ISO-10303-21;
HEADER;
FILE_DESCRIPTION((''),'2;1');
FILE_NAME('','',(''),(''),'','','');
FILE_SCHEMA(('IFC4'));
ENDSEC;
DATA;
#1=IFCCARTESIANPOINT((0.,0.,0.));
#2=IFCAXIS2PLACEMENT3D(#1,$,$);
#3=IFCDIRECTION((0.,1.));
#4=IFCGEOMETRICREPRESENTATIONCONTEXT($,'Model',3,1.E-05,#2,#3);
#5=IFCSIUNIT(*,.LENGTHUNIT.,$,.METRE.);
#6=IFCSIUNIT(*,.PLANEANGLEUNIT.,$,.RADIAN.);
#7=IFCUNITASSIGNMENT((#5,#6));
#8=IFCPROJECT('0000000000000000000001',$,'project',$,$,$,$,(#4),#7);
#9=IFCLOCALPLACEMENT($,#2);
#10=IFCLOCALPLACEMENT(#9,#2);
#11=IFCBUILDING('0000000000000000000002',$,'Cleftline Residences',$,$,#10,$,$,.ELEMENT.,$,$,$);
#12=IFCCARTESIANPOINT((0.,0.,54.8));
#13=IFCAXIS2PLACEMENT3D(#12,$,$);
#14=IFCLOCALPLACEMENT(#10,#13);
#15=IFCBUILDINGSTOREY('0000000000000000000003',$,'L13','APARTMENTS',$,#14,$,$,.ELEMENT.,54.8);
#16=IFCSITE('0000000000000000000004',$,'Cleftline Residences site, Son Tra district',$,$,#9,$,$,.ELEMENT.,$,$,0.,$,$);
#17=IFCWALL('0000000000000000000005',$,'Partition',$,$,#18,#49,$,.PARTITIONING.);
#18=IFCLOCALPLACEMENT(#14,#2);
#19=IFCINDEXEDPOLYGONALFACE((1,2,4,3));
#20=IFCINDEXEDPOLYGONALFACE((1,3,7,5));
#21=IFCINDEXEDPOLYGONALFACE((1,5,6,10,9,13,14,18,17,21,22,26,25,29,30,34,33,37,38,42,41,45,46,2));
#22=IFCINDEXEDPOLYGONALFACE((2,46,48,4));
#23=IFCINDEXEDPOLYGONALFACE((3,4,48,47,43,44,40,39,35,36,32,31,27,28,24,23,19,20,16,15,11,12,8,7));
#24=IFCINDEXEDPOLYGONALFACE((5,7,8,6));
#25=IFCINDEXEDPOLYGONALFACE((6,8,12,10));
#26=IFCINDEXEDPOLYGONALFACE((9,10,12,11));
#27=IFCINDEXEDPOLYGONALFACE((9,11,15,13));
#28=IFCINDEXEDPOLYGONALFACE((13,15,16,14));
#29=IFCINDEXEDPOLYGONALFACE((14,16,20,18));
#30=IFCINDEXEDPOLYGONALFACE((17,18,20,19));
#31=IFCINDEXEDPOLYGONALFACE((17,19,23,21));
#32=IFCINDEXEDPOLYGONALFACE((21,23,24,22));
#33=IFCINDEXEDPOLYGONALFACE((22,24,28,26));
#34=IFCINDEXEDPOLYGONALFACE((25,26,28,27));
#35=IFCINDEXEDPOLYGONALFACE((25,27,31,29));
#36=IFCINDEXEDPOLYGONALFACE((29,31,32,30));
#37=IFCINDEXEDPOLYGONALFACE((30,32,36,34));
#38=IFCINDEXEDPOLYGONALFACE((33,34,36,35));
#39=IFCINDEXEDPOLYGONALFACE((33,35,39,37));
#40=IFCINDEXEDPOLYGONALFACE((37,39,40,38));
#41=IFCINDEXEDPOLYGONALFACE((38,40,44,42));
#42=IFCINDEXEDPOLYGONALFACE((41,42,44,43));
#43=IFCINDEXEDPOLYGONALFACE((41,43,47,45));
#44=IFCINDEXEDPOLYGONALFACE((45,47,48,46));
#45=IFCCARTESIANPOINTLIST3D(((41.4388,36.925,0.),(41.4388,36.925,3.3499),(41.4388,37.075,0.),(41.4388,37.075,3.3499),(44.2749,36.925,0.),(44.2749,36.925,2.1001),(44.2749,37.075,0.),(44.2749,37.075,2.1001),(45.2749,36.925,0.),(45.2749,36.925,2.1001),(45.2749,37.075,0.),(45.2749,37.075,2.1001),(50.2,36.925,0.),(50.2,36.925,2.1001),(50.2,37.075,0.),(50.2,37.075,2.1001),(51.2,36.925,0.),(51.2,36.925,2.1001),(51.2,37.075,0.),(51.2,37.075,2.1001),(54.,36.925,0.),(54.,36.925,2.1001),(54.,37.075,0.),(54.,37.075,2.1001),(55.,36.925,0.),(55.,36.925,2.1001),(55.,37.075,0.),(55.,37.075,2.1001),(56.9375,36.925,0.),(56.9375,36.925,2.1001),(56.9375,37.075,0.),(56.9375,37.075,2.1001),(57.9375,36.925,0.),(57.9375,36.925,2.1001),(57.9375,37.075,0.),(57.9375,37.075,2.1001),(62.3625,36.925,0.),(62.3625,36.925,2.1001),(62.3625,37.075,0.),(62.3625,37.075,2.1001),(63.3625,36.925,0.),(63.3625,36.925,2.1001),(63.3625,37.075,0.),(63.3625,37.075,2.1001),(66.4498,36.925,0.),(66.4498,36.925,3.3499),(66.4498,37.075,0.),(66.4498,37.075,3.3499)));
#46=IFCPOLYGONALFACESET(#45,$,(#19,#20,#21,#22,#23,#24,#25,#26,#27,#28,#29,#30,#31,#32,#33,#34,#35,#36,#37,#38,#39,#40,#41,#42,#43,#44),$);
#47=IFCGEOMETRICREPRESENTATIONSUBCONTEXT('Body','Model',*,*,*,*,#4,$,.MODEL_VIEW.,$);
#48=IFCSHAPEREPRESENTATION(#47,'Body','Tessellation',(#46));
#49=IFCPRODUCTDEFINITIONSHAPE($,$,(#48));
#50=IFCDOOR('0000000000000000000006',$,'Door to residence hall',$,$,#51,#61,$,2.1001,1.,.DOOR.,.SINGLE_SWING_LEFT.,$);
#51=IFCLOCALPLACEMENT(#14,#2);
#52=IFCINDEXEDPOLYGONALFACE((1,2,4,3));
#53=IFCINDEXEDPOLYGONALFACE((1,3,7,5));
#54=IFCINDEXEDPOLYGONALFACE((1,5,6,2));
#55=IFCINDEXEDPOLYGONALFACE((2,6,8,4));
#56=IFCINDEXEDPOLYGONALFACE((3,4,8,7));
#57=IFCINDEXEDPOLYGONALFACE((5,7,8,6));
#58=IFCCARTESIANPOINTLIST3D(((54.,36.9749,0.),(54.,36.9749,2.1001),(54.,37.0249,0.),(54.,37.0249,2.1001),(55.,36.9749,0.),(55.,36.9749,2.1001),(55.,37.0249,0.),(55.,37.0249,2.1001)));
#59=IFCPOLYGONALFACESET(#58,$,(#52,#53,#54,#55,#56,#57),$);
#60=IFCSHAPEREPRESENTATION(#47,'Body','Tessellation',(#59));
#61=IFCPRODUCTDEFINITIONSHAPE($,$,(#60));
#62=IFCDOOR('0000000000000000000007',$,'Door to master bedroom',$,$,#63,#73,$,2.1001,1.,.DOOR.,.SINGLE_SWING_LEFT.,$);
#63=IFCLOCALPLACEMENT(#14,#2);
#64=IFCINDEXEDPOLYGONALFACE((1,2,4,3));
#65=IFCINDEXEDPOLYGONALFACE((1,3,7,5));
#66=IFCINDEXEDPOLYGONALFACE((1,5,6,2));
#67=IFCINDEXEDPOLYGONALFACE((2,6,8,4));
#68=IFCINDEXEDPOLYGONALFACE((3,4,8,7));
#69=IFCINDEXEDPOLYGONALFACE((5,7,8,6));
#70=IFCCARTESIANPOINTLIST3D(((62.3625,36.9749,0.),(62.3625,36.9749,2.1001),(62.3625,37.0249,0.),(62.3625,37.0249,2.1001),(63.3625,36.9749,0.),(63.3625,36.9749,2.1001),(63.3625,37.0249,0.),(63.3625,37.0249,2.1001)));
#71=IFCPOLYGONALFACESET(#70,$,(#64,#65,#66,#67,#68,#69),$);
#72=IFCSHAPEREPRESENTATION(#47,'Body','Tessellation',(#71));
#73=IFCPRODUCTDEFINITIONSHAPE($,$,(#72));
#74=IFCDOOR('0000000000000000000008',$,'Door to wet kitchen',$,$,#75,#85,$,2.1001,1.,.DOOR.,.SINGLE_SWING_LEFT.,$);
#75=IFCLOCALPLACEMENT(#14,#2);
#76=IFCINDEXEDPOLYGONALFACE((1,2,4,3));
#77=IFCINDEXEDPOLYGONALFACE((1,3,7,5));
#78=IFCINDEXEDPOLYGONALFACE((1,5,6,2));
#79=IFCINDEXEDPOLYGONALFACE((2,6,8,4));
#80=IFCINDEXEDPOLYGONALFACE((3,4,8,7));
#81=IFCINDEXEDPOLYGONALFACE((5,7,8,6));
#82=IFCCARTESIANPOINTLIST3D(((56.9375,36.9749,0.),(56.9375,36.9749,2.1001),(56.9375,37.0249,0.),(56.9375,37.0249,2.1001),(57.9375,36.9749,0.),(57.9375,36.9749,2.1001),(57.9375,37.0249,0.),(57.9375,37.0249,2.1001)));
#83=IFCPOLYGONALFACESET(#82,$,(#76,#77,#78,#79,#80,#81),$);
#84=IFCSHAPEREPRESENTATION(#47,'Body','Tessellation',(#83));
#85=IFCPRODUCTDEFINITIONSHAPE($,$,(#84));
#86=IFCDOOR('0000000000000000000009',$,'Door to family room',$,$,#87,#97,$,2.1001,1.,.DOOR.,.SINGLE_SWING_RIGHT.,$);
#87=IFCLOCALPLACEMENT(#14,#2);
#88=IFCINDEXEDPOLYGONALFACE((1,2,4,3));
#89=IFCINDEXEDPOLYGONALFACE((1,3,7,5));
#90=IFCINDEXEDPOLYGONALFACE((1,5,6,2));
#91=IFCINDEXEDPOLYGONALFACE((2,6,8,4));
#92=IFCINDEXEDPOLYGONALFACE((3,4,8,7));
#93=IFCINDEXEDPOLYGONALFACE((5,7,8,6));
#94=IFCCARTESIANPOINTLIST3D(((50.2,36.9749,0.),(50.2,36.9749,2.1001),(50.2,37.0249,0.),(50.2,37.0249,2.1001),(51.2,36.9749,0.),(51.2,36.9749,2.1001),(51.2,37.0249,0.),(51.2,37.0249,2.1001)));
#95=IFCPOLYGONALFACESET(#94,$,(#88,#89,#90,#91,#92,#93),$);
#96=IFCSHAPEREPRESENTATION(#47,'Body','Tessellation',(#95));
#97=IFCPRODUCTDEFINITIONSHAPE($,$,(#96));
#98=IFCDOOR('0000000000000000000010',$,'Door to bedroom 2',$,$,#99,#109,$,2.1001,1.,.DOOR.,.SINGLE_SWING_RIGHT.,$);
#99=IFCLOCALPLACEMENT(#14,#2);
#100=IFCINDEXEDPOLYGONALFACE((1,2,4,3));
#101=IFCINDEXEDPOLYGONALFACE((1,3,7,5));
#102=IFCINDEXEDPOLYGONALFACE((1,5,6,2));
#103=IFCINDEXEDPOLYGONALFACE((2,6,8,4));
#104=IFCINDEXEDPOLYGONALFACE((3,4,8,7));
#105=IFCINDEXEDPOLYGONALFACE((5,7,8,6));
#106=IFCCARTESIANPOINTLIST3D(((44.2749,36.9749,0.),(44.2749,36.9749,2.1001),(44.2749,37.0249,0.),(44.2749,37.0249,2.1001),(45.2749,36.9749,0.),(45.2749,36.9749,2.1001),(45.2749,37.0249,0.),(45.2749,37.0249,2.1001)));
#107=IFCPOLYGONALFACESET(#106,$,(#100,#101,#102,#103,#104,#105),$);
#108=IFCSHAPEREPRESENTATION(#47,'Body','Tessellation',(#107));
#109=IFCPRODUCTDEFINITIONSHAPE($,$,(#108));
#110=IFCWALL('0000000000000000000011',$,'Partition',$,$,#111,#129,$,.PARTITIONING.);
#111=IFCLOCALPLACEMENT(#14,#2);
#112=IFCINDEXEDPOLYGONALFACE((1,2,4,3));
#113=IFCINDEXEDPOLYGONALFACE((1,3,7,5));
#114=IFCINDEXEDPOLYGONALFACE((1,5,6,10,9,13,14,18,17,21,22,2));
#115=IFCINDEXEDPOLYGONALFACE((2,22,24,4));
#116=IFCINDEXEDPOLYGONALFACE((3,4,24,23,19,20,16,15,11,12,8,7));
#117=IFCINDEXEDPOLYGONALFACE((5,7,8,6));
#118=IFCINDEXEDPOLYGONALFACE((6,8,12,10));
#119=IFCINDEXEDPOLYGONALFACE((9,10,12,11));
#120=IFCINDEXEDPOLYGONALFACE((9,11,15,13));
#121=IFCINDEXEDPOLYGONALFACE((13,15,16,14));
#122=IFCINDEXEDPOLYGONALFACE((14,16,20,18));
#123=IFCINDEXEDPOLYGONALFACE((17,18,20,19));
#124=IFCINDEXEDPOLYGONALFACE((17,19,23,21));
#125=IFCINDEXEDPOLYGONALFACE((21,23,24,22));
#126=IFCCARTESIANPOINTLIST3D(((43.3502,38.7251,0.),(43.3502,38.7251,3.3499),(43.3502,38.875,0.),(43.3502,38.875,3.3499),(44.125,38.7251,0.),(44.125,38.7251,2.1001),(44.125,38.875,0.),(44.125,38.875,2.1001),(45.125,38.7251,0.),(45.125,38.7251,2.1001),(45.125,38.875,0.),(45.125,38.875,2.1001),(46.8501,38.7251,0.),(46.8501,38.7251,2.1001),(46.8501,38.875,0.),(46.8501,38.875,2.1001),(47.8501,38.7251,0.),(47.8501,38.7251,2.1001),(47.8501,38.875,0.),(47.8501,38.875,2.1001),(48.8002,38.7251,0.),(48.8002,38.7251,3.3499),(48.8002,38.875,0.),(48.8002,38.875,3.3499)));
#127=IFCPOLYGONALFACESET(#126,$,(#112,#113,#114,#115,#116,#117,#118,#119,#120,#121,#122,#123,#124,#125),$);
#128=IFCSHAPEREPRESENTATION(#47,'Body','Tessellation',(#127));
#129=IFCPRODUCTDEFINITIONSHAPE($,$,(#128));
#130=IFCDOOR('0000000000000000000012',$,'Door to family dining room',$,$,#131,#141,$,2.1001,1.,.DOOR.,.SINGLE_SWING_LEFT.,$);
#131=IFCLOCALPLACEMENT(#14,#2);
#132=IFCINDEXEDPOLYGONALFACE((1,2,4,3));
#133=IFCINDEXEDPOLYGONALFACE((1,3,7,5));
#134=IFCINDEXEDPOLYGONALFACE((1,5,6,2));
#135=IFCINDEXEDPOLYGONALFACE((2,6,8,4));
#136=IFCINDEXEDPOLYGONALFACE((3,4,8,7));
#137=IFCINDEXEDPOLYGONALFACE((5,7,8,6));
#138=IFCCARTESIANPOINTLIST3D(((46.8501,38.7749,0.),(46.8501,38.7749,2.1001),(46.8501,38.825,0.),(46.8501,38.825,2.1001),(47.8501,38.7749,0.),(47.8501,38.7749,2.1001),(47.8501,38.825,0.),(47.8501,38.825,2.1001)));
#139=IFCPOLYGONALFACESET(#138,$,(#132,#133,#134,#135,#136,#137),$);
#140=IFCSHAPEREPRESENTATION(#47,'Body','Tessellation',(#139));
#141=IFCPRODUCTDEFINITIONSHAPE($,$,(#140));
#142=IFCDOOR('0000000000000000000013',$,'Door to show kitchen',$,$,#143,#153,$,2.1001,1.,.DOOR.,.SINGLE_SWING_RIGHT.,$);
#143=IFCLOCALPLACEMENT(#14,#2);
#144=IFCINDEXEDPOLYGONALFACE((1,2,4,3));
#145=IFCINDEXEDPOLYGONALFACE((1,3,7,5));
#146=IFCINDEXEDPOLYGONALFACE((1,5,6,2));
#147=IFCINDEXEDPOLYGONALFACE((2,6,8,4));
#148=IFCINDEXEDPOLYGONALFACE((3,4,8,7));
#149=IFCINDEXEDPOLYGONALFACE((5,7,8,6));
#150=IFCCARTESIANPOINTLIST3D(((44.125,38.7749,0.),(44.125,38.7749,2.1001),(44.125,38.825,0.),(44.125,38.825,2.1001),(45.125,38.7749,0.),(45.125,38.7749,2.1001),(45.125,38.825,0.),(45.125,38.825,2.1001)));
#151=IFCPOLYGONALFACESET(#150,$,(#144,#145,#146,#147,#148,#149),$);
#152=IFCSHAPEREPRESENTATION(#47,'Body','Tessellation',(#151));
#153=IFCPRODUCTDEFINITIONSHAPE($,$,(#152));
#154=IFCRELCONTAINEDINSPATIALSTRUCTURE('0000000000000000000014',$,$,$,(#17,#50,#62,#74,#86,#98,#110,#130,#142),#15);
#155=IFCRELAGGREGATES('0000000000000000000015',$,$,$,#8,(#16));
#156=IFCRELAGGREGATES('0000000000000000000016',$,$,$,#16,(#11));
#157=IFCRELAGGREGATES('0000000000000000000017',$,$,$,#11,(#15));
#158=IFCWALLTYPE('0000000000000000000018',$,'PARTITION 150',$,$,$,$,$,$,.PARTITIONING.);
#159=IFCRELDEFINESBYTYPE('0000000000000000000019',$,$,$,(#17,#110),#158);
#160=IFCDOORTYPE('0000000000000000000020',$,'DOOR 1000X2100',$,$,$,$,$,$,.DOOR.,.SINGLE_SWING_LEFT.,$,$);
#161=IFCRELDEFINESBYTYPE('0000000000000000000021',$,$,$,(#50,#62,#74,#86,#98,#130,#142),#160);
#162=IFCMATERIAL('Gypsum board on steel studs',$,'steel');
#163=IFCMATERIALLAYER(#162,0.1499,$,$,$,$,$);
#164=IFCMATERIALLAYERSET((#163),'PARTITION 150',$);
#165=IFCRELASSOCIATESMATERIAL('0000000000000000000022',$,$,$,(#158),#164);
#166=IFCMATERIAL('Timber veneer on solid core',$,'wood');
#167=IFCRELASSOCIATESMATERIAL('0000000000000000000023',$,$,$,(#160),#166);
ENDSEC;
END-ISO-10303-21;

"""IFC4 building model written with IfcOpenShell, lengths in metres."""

from ifc_helpers import new_model, si_unit, direction, frame, frame_2d, origin, place, context, subcontext, project, spatial, rectangle, extrude, material, layer, layer_set, type_object, element, fill, save


model = new_model("IFC4")

# Units and contexts
model_context = context("Model", 3, precision=1e-05, world=origin(), true_north=direction((0.0, 1.0)))
body_context = subcontext(model_context, "Body", "Model", "MODEL_VIEW")
ifc_project = project(units=[si_unit("LENGTHUNIT", "METRE"), si_unit("PLANEANGLEUNIT", "RADIAN")], contexts=[model_context])

# Site, building, storey
site_placement = place(None, origin())
site = spatial("IfcSite", under=ifc_project, at=site_placement, Name="Cleftline Residences site, Son Tra district", CompositionType="ELEMENT", RefElevation=0.0)
building_placement = place(site_placement, origin())
building = spatial("IfcBuilding", under=site, at=building_placement, Name="Cleftline Residences", CompositionType="ELEMENT")
storey_placement = place(building_placement, frame((0.0, 0.0, 54.8)))
storey = spatial("IfcBuildingStorey", under=building, at=storey_placement, Name="L13", Description="APARTMENTS", CompositionType="ELEMENT", Elevation=54.8)

# Shared definitions
ifc_material_1 = material(Name="Gypsum board on steel studs", Category="steel")
ifc_layer_1 = layer(ifc_material_1, 0.1499)
ifc_layer_set_1 = layer_set([ifc_layer_1], Name="PARTITION 150")
wall_type = type_object("IfcWallType", Name="PARTITION 150", PredefinedType="PARTITIONING", material=ifc_layer_set_1)

# Walls, openings, doors
wall_1_placement = place(storey_placement, frame((41.439, 37.0, 0.0), z_axis=(0.0, 0.0, 1.0), x_axis=(1.0, 0.0, 0.0)))
wall_1 = element("IfcWall", 1, at=wall_1_placement, inside=storey, type_object=wall_type, Name="Partition", PredefinedType="PARTITIONING", context=body_context, shape_type="SweptSolid", body=[
    extrude(rectangle(XDim=25.011, YDim=0.1499, at=frame_2d((12.5054, 0.0))), origin(), (0.0, 0.0, 1.0), 3.3499),
])
opening_1_placement = place(wall_1_placement, frame((12.561, 0.0, 0.0)))
opening_1 = element("IfcOpeningElement", 2, at=opening_1_placement, cuts=wall_1, PredefinedType="OPENING", context=body_context, shape_type="SweptSolid", body=[
    extrude(rectangle(XDim=1.0, YDim=2.1001, at=frame_2d((0.5, 1.05))), frame((0.0, 0.085, 0.0), z_axis=(0.0, -1.0, 0.0), x_axis=(1.0, 0.0, 0.0)), (0.0, 0.0, 1.0), 0.1699),
])
opening_2_placement = place(wall_1_placement, frame((20.9236, 0.0, 0.0)))
opening_2 = element("IfcOpeningElement", 3, at=opening_2_placement, cuts=wall_1, PredefinedType="OPENING", context=body_context, shape_type="SweptSolid", body=[
    extrude(rectangle(XDim=1.0, YDim=2.1001, at=frame_2d((0.5, 1.05))), frame((0.0, 0.085, 0.0), z_axis=(0.0, -1.0, 0.0), x_axis=(1.0, 0.0, 0.0)), (0.0, 0.0, 1.0), 0.1699),
])
opening_3_placement = place(wall_1_placement, frame((15.4985, 0.0, 0.0)))
opening_3 = element("IfcOpeningElement", 4, at=opening_3_placement, cuts=wall_1, PredefinedType="OPENING", context=body_context, shape_type="SweptSolid", body=[
    extrude(rectangle(XDim=1.0, YDim=2.1001, at=frame_2d((0.5, 1.05))), frame((0.0, 0.085, 0.0), z_axis=(0.0, -1.0, 0.0), x_axis=(1.0, 0.0, 0.0)), (0.0, 0.0, 1.0), 0.1699),
])
opening_4_placement = place(wall_1_placement, frame((8.761, 0.0, 0.0)))
opening_4 = element("IfcOpeningElement", 5, at=opening_4_placement, cuts=wall_1, PredefinedType="OPENING", context=body_context, shape_type="SweptSolid", body=[
    extrude(rectangle(XDim=1.0, YDim=2.1001, at=frame_2d((0.5, 1.05))), frame((0.0, 0.085, 0.0), z_axis=(0.0, -1.0, 0.0), x_axis=(1.0, 0.0, 0.0)), (0.0, 0.0, 1.0), 0.1699),
])
opening_5_placement = place(wall_1_placement, frame((2.8359, 0.0, 0.0)))
opening_5 = element("IfcOpeningElement", 6, at=opening_5_placement, cuts=wall_1, PredefinedType="OPENING", context=body_context, shape_type="SweptSolid", body=[
    extrude(rectangle(XDim=1.0, YDim=2.1001, at=frame_2d((0.5, 1.05))), frame((0.0, 0.085, 0.0), z_axis=(0.0, -1.0, 0.0), x_axis=(1.0, 0.0, 0.0)), (0.0, 0.0, 1.0), 0.1699),
])
ifc_material_2 = material(Name="Timber veneer on solid core", Category="wood")
door_type = type_object("IfcDoorType", Name="DOOR 1000X2100", OperationType="SINGLE_SWING_LEFT", PredefinedType="DOOR", material=ifc_material_2)
door_1_placement = place(opening_1_placement, origin())
door_1 = element("IfcDoor", 7, at=door_1_placement, inside=storey, type_object=door_type, Name="Door to residence hall", OperationType="SINGLE_SWING_LEFT", OverallHeight=2.1001, OverallWidth=1.0, PredefinedType="DOOR", context=body_context, shape_type="SweptSolid", body=[
    extrude(rectangle(XDim=1.0, YDim=2.1001, at=frame_2d((0.5, 1.05))), frame((0.0, 0.0249, 0.0), z_axis=(0.0, -1.0, 0.0), x_axis=(1.0, 0.0, 0.0)), (0.0, 0.0, 1.0), 0.05),
])
fill(opening_1, door_1)
door_2_placement = place(opening_2_placement, origin())
door_2 = element("IfcDoor", 8, at=door_2_placement, inside=storey, type_object=door_type, Name="Door to master bedroom", OperationType="SINGLE_SWING_LEFT", OverallHeight=2.1001, OverallWidth=1.0, PredefinedType="DOOR", context=body_context, shape_type="SweptSolid", body=[
    extrude(rectangle(XDim=1.0, YDim=2.1001, at=frame_2d((0.5, 1.05))), frame((0.0, 0.0249, 0.0), z_axis=(0.0, -1.0, 0.0), x_axis=(1.0, 0.0, 0.0)), (0.0, 0.0, 1.0), 0.05),
])
fill(opening_2, door_2)
door_3_placement = place(opening_3_placement, origin())
door_3 = element("IfcDoor", 9, at=door_3_placement, inside=storey, type_object=door_type, Name="Door to wet kitchen", OperationType="SINGLE_SWING_LEFT", OverallHeight=2.1001, OverallWidth=1.0, PredefinedType="DOOR", context=body_context, shape_type="SweptSolid", body=[
    extrude(rectangle(XDim=1.0, YDim=2.1001, at=frame_2d((0.5, 1.05))), frame((0.0, 0.0249, 0.0), z_axis=(0.0, -1.0, 0.0), x_axis=(1.0, 0.0, 0.0)), (0.0, 0.0, 1.0), 0.05),
])
fill(opening_3, door_3)
door_4_placement = place(opening_4_placement, origin())
door_4 = element("IfcDoor", 10, at=door_4_placement, inside=storey, type_object=door_type, Name="Door to family room", OperationType="SINGLE_SWING_RIGHT", OverallHeight=2.1001, OverallWidth=1.0, PredefinedType="DOOR", context=body_context, shape_type="SweptSolid", body=[
    extrude(rectangle(XDim=1.0, YDim=2.1001, at=frame_2d((0.5, 1.05))), frame((0.0, 0.0249, 0.0), z_axis=(0.0, -1.0, 0.0), x_axis=(1.0, 0.0, 0.0)), (0.0, 0.0, 1.0), 0.05),
])
fill(opening_4, door_4)
door_5_placement = place(opening_5_placement, origin())
door_5 = element("IfcDoor", 11, at=door_5_placement, inside=storey, type_object=door_type, Name="Door to bedroom 2", OperationType="SINGLE_SWING_RIGHT", OverallHeight=2.1001, OverallWidth=1.0, PredefinedType="DOOR", context=body_context, shape_type="SweptSolid", body=[
    extrude(rectangle(XDim=1.0, YDim=2.1001, at=frame_2d((0.5, 1.05))), frame((0.0, 0.0249, 0.0), z_axis=(0.0, -1.0, 0.0), x_axis=(1.0, 0.0, 0.0)), (0.0, 0.0, 1.0), 0.05),
])
fill(opening_5, door_5)
wall_2_placement = place(storey_placement, frame((43.3501, 38.8, 0.0), z_axis=(0.0, 0.0, 1.0), x_axis=(1.0, 0.0, 0.0)))
wall_2 = element("IfcWall", 12, at=wall_2_placement, inside=storey, type_object=wall_type, Name="Partition", PredefinedType="PARTITIONING", context=body_context, shape_type="SweptSolid", body=[
    extrude(rectangle(XDim=5.45, YDim=0.1499, at=frame_2d((2.7251, 0.0))), origin(), (0.0, 0.0, 1.0), 3.3499),
])
opening_6_placement = place(wall_2_placement, frame((3.5, 0.0, 0.0)))
opening_6 = element("IfcOpeningElement", 13, at=opening_6_placement, cuts=wall_2, PredefinedType="OPENING", context=body_context, shape_type="SweptSolid", body=[
    extrude(rectangle(XDim=1.0, YDim=2.1001, at=frame_2d((0.5, 1.05))), frame((0.0, 0.085, 0.0), z_axis=(0.0, -1.0, 0.0), x_axis=(1.0, 0.0, 0.0)), (0.0, 0.0, 1.0), 0.1699),
])
opening_7_placement = place(wall_2_placement, frame((0.7749, 0.0, 0.0)))
opening_7 = element("IfcOpeningElement", 14, at=opening_7_placement, cuts=wall_2, PredefinedType="OPENING", context=body_context, shape_type="SweptSolid", body=[
    extrude(rectangle(XDim=1.0, YDim=2.1001, at=frame_2d((0.5, 1.05))), frame((0.0, 0.085, 0.0), z_axis=(0.0, -1.0, 0.0), x_axis=(1.0, 0.0, 0.0)), (0.0, 0.0, 1.0), 0.1699),
])
door_6_placement = place(opening_6_placement, origin())
door_6 = element("IfcDoor", 15, at=door_6_placement, inside=storey, type_object=door_type, Name="Door to family dining room", OperationType="SINGLE_SWING_LEFT", OverallHeight=2.1001, OverallWidth=1.0, PredefinedType="DOOR", context=body_context, shape_type="SweptSolid", body=[
    extrude(rectangle(XDim=1.0, YDim=2.1001, at=frame_2d((0.5, 1.05))), frame((0.0, 0.0249, 0.0), z_axis=(0.0, -1.0, 0.0), x_axis=(1.0, 0.0, 0.0)), (0.0, 0.0, 1.0), 0.05),
])
fill(opening_6, door_6)
door_7_placement = place(opening_7_placement, origin())
door_7 = element("IfcDoor", 16, at=door_7_placement, inside=storey, type_object=door_type, Name="Door to show kitchen", OperationType="SINGLE_SWING_RIGHT", OverallHeight=2.1001, OverallWidth=1.0, PredefinedType="DOOR", context=body_context, shape_type="SweptSolid", body=[
    extrude(rectangle(XDim=1.0, YDim=2.1001, at=frame_2d((0.5, 1.05))), frame((0.0, 0.0249, 0.0), z_axis=(0.0, -1.0, 0.0), x_axis=(1.0, 0.0, 0.0)), (0.0, 0.0, 1.0), 0.05),
])
fill(opening_7, door_7)

save(model, "model.ifc")
